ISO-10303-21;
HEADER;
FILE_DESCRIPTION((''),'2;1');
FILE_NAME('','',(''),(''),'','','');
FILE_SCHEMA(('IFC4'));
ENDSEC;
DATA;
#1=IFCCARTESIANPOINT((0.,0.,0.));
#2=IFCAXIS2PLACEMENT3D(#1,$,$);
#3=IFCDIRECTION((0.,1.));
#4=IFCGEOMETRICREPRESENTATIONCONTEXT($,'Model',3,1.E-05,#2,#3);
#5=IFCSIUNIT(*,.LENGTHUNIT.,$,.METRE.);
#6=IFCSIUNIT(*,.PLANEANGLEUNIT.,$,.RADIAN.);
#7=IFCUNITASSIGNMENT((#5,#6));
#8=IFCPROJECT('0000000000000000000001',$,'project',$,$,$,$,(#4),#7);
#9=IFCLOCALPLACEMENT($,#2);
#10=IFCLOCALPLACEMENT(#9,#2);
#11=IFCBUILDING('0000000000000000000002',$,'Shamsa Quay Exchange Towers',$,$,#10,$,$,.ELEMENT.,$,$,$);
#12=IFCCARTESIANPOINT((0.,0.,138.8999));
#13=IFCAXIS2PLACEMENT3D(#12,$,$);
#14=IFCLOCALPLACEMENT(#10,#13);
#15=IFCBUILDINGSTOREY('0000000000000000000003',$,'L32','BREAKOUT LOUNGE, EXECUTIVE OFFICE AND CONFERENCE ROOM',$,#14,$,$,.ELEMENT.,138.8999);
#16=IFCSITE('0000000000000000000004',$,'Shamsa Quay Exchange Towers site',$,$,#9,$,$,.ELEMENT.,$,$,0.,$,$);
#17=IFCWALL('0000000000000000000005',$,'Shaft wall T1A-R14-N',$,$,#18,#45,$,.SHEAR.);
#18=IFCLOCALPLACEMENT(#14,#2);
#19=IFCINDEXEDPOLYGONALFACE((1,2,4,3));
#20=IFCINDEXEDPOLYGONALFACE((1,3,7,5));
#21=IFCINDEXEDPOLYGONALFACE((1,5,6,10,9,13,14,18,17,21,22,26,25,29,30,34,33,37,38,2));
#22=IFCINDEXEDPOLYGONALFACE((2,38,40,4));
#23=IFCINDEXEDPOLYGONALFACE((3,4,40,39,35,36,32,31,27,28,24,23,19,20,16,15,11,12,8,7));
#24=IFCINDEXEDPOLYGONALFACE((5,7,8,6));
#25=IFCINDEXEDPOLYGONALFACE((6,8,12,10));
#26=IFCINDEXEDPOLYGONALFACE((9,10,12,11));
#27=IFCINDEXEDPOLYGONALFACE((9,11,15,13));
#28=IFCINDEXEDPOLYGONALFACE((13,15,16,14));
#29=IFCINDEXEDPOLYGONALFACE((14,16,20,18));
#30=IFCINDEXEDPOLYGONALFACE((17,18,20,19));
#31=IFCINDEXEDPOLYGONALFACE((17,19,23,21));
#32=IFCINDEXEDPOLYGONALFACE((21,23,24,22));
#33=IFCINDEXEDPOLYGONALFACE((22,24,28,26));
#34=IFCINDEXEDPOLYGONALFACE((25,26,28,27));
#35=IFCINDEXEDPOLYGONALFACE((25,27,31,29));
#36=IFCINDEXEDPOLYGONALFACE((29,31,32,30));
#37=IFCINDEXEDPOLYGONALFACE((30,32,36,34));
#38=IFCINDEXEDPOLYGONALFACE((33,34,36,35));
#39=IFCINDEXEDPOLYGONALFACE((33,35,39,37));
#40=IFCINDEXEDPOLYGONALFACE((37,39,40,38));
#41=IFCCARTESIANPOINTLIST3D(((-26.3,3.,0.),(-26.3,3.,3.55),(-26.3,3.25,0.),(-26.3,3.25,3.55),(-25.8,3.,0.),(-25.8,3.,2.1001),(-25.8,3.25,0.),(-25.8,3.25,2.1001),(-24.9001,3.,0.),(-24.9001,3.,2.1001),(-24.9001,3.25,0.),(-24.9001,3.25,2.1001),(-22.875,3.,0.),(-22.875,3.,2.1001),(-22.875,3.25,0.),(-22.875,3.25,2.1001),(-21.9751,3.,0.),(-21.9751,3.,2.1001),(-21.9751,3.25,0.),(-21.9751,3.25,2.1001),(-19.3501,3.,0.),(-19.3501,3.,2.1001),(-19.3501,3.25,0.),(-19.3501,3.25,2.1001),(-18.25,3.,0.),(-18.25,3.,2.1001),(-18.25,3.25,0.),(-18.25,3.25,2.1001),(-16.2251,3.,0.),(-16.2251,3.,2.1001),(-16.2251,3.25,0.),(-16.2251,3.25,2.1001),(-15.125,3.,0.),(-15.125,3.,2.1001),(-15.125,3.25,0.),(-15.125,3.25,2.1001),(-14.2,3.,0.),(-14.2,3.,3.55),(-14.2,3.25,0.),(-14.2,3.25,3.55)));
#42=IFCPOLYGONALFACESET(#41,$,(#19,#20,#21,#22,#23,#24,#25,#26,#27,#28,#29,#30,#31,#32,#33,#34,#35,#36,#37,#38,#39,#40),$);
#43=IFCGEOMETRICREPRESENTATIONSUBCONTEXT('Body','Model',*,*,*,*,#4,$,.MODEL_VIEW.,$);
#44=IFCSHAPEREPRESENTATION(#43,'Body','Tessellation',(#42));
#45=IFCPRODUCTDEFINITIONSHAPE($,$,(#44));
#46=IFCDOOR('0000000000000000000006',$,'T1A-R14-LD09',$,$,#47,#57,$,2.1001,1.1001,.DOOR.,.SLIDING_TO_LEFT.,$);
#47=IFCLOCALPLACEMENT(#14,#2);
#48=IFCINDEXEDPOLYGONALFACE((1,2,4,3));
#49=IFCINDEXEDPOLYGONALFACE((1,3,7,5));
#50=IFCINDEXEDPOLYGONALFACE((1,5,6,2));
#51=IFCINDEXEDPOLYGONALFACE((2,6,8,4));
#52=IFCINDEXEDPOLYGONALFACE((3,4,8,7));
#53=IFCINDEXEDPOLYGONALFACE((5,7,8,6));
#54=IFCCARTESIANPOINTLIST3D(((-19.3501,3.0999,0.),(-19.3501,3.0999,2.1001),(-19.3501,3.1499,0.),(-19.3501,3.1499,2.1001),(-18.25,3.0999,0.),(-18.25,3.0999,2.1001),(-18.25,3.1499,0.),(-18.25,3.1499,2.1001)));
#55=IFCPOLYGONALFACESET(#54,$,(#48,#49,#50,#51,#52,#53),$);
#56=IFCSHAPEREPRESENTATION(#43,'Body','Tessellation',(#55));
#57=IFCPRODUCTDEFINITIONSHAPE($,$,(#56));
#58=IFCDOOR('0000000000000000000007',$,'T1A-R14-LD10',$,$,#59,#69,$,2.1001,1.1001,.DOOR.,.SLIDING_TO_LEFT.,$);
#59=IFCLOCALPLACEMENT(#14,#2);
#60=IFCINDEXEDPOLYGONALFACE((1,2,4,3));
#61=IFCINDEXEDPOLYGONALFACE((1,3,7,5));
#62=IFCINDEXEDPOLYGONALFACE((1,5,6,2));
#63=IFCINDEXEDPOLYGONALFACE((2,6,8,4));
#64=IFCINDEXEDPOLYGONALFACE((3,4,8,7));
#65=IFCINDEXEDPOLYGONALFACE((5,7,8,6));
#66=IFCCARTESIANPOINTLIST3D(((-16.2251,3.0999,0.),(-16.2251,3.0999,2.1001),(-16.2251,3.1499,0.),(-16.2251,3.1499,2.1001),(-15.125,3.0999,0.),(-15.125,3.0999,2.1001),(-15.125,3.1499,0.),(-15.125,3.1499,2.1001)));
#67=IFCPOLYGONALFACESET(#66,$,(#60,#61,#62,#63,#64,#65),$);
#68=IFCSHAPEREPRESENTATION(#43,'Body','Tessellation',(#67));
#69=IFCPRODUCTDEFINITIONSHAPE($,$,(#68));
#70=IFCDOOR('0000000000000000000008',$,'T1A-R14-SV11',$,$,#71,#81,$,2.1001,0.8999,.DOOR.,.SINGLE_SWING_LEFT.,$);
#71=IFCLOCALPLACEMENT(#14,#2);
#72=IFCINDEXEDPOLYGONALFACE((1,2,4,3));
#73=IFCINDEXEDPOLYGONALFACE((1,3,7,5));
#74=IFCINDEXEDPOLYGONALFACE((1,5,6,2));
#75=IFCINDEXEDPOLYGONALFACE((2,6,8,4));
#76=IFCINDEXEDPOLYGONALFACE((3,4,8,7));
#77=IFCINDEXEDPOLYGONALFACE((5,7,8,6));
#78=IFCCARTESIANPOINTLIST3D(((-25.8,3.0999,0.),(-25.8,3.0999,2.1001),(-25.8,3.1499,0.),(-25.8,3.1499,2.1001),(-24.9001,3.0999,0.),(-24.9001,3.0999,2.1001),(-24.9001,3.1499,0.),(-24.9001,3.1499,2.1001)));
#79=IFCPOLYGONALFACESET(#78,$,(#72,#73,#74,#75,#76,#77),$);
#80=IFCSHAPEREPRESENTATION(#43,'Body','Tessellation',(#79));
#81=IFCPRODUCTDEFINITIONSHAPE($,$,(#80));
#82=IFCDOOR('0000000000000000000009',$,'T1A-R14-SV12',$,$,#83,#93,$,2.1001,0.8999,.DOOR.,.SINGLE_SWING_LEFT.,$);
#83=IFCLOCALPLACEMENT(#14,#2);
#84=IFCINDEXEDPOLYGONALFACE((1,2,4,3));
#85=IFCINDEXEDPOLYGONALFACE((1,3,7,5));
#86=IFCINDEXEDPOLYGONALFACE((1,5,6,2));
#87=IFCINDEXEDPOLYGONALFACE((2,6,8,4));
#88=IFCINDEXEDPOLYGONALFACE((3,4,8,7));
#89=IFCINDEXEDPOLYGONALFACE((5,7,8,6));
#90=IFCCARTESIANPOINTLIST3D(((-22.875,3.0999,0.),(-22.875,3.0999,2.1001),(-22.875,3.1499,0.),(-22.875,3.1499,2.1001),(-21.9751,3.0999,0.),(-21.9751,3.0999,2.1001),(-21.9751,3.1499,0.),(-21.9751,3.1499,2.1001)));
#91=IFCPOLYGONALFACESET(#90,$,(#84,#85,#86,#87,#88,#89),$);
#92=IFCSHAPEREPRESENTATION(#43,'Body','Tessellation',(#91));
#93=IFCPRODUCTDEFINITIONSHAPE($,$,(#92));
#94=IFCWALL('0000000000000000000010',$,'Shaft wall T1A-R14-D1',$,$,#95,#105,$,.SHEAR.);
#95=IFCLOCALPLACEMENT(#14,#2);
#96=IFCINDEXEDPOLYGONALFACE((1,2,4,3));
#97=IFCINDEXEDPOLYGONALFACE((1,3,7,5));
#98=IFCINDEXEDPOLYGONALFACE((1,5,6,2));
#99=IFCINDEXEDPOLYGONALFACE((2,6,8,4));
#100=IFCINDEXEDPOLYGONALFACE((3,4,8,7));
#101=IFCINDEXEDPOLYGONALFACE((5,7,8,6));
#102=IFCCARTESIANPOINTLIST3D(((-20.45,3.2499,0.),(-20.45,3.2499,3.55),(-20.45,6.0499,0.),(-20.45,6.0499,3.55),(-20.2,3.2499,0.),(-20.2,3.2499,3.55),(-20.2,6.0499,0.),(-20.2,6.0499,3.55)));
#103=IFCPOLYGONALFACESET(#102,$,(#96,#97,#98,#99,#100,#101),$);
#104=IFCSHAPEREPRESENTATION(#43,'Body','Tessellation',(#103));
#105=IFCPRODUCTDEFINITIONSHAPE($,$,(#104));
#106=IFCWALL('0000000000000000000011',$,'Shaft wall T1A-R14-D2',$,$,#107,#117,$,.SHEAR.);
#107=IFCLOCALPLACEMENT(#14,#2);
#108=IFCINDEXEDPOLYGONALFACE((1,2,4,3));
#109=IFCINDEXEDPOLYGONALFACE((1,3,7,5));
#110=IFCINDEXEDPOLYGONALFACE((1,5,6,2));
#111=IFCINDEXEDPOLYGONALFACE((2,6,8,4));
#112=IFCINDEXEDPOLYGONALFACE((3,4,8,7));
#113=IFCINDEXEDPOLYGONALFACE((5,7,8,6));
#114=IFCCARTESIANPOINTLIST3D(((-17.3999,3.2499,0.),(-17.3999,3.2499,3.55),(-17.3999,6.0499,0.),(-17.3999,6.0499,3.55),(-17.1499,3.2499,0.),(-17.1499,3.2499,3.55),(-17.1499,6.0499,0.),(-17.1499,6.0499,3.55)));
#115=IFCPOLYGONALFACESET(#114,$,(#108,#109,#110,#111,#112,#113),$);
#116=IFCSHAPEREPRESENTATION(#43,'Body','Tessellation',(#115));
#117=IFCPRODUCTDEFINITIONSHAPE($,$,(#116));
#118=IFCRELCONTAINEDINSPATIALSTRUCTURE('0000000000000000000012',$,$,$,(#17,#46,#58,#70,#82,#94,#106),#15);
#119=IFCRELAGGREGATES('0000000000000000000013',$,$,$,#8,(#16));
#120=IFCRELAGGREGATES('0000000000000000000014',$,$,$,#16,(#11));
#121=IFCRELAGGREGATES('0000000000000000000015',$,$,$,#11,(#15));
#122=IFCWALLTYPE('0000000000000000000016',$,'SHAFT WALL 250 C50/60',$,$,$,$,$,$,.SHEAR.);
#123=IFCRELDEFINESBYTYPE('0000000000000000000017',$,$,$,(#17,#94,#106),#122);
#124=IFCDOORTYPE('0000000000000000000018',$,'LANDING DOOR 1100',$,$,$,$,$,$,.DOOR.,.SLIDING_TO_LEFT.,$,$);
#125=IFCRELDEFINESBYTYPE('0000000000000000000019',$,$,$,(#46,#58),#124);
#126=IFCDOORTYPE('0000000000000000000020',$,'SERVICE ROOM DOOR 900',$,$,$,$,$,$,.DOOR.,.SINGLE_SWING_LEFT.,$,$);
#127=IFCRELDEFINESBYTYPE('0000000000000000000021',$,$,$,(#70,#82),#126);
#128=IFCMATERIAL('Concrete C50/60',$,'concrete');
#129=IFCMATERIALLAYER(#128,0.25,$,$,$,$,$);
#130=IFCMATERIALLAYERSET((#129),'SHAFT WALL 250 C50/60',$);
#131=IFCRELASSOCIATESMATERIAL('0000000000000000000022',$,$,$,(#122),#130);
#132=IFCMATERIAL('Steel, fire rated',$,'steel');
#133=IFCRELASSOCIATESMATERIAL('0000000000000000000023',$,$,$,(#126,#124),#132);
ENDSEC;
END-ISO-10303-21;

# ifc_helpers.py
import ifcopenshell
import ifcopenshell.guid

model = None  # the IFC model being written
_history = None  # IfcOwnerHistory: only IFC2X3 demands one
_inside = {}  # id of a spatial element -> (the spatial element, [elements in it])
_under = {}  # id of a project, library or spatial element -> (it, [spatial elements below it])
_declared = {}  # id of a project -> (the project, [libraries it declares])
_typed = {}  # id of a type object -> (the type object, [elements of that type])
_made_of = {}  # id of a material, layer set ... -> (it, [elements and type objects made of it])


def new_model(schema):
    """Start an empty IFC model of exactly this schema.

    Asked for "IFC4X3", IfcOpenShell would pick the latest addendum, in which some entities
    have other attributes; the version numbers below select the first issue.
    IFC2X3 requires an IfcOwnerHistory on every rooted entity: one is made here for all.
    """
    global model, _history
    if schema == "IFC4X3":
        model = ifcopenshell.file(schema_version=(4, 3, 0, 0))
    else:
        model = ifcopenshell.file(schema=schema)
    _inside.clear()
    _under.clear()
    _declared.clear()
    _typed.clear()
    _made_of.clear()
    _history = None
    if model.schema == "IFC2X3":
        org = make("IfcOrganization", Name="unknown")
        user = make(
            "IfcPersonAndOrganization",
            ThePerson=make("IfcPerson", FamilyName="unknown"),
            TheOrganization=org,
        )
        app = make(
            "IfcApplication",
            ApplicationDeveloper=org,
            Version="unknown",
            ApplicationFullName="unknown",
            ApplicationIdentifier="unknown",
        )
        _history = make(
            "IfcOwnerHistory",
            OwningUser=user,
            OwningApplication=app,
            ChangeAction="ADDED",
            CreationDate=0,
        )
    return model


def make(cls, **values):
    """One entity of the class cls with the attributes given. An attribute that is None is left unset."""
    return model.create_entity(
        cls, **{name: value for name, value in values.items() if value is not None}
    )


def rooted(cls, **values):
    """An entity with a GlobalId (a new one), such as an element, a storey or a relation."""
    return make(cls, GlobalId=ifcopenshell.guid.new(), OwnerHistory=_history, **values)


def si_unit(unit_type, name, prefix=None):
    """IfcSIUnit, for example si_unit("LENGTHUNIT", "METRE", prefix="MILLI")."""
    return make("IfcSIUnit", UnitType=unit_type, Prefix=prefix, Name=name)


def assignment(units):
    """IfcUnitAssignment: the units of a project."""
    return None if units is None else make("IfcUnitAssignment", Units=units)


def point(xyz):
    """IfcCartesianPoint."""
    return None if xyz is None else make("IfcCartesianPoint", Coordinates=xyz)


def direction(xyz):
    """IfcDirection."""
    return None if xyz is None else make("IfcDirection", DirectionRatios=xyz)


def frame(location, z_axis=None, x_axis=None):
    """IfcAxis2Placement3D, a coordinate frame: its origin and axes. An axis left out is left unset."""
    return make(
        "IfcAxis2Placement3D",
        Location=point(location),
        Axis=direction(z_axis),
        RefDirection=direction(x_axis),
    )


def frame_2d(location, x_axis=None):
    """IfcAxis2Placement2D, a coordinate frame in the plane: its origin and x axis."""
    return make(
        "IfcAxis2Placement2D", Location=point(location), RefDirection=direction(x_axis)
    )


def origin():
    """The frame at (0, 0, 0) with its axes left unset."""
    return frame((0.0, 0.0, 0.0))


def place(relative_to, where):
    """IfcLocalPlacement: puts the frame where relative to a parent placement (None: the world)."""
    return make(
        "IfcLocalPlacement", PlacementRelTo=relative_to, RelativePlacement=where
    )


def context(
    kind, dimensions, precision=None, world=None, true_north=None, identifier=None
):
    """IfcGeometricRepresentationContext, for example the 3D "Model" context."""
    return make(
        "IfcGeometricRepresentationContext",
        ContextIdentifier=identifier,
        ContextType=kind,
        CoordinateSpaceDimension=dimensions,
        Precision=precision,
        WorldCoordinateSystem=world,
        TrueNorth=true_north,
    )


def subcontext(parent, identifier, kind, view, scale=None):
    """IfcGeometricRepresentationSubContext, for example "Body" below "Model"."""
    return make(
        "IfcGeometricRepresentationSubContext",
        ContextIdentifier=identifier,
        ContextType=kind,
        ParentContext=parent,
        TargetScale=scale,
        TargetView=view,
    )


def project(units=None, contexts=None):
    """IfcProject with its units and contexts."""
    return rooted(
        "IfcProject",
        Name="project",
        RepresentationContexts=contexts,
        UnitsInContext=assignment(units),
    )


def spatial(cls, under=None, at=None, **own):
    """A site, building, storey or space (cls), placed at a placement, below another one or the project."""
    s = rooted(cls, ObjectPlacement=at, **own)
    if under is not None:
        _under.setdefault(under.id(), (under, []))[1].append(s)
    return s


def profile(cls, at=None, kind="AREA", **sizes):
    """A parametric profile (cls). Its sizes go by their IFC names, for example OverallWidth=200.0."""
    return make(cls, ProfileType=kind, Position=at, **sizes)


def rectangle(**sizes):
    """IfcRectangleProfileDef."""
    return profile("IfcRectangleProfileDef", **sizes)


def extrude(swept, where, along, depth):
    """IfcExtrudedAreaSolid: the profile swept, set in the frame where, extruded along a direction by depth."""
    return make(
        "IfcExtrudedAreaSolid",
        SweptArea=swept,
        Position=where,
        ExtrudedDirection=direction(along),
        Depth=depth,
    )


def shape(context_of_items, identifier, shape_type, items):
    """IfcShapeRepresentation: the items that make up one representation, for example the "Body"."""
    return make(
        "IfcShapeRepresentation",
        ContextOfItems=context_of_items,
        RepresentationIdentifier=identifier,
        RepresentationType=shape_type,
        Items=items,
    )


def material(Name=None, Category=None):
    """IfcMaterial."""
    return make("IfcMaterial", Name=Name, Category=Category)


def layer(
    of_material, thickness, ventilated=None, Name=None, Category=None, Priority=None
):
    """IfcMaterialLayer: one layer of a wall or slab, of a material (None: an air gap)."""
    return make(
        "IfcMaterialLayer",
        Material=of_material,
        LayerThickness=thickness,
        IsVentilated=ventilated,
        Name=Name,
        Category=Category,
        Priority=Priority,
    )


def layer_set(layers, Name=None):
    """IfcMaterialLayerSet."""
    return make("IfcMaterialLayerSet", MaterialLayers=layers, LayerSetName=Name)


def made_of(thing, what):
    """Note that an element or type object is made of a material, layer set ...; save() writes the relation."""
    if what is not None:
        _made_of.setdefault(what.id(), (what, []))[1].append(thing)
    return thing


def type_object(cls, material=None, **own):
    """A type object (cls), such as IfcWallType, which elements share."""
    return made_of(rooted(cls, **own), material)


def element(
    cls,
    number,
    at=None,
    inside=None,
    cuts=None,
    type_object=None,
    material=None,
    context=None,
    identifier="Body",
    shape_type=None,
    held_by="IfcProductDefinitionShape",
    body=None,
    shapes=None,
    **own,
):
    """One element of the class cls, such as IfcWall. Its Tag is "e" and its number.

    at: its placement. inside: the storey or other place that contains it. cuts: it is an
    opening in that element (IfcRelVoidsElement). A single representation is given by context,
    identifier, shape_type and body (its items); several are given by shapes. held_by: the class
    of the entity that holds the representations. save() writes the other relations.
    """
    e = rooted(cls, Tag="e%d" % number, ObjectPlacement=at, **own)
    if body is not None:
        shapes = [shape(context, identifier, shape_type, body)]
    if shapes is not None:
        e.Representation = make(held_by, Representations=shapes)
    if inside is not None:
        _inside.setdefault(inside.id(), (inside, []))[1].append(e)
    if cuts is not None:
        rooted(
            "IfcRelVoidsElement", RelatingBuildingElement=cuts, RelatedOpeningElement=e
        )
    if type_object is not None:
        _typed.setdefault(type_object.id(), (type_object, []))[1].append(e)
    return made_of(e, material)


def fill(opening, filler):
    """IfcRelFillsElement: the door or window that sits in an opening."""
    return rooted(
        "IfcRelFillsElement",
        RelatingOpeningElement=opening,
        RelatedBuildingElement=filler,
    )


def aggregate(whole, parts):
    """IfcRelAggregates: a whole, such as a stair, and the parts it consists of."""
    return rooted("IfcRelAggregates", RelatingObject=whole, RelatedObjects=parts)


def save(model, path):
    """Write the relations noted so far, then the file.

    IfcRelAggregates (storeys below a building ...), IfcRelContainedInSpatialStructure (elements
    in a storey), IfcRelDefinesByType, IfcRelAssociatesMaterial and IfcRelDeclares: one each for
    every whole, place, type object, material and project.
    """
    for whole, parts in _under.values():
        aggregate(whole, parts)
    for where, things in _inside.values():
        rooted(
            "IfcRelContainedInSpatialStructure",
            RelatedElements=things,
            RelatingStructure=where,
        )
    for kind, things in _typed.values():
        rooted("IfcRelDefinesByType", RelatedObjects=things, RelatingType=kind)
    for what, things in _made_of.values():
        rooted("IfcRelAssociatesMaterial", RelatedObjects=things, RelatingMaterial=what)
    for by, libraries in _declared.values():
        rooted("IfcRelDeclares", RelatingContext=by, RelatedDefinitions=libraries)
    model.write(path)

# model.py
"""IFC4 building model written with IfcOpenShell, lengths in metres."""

from ifc_helpers import new_model, si_unit, direction, frame, frame_2d, origin, place, context, subcontext, project, spatial, rectangle, extrude, material, layer, layer_set, type_object, element, fill, save


model = new_model("IFC4")

# Units and contexts
model_context = context("Model", 3, precision=1e-05, world=origin(), true_north=direction((0.0, 1.0)))
body_context = subcontext(model_context, "Body", "Model", "MODEL_VIEW")
ifc_project = project(units=[si_unit("LENGTHUNIT", "METRE"), si_unit("PLANEANGLEUNIT", "RADIAN")], contexts=[model_context])

# Site, building, storey
site_placement = place(None, origin())
site = spatial("IfcSite", under=ifc_project, at=site_placement, Name="Shamsa Quay Exchange Towers site", CompositionType="ELEMENT", RefElevation=0.0)
building_placement = place(site_placement, origin())
building = spatial("IfcBuilding", under=site, at=building_placement, Name="Shamsa Quay Exchange Towers", CompositionType="ELEMENT")
storey_placement = place(building_placement, frame((0.0, 0.0, 138.8999)))
storey = spatial("IfcBuildingStorey", under=building, at=storey_placement, Name="L32", Description="BREAKOUT LOUNGE, EXECUTIVE OFFICE AND CONFERENCE ROOM", CompositionType="ELEMENT", Elevation=138.8999)

# Shared definitions
ifc_material_1 = material(Name="Steel, fire rated", Category="steel")

# Shared definitions
ifc_material_2 = material(Name="Concrete C50/60", Category="concrete")
ifc_layer_1 = layer(ifc_material_2, 0.25)
ifc_layer_set_1 = layer_set([ifc_layer_1], Name="SHAFT WALL 250 C50/60")
wall_type_1 = type_object("IfcWallType", Name="SHAFT WALL 250 C50/60", PredefinedType="SHEAR", material=ifc_layer_set_1)
door_type_1 = type_object("IfcDoorType", Name="SERVICE ROOM DOOR 900", OperationType="SINGLE_SWING_LEFT", PredefinedType="DOOR", material=ifc_material_1)

# Wall, openings, doors
wall_1_placement = place(storey_placement, frame((-26.3, 3.125, 0.0)))
wall_1 = element("IfcWall", 1, at=wall_1_placement, inside=storey, type_object=wall_type_1, Name="Shaft wall T1A-R14-N", PredefinedType="SHEAR", context=body_context, shape_type="SweptSolid", body=[
    extrude(rectangle(XDim=12.1001, YDim=0.25, at=frame_2d((6.05, 0.0))), origin(), (0.0, 0.0, 1.0), 3.55),
])
opening_1_placement = place(wall_1_placement, frame((6.95, 0.0, 0.0)))
opening_1 = element("IfcOpeningElement", 2, at=opening_1_placement, cuts=wall_1, PredefinedType="OPENING", context=body_context, shape_type="SweptSolid", body=[
    extrude(rectangle(XDim=1.1001, YDim=2.1001, at=frame_2d((0.55, 1.05))), frame((0.0, 0.135, 0.0), z_axis=(0.0, -1.0, 0.0), x_axis=(1.0, 0.0, 0.0)), (0.0, 0.0, 1.0), 0.27),
])
opening_2_placement = place(wall_1_placement, frame((10.075, 0.0, 0.0)))
opening_2 = element("IfcOpeningElement", 3, at=opening_2_placement, cuts=wall_1, PredefinedType="OPENING", context=body_context, shape_type="SweptSolid", body=[
    extrude(rectangle(XDim=1.1001, YDim=2.1001, at=frame_2d((0.55, 1.05))), frame((0.0, 0.135, 0.0), z_axis=(0.0, -1.0, 0.0), x_axis=(1.0, 0.0, 0.0)), (0.0, 0.0, 1.0), 0.27),
])
opening_3_placement = place(wall_1_placement, frame((0.5, 0.0, 0.0)))
opening_3 = element("IfcOpeningElement", 4, at=opening_3_placement, cuts=wall_1, PredefinedType="OPENING", context=body_context, shape_type="SweptSolid", body=[
    extrude(rectangle(XDim=0.8999, YDim=2.1001, at=frame_2d((0.45, 1.05))), frame((0.0, 0.135, 0.0), z_axis=(0.0, -1.0, 0.0), x_axis=(1.0, 0.0, 0.0)), (0.0, 0.0, 1.0), 0.27),
])
opening_4_placement = place(wall_1_placement, frame((3.425, 0.0, 0.0)))
opening_4 = element("IfcOpeningElement", 5, at=opening_4_placement, cuts=wall_1, PredefinedType="OPENING", context=body_context, shape_type="SweptSolid", body=[
    extrude(rectangle(XDim=0.8999, YDim=2.1001, at=frame_2d((0.45, 1.05))), frame((0.0, 0.135, 0.0), z_axis=(0.0, -1.0, 0.0), x_axis=(1.0, 0.0, 0.0)), (0.0, 0.0, 1.0), 0.27),
])
door_type_2 = type_object("IfcDoorType", Name="LANDING DOOR 1100", OperationType="SLIDING_TO_LEFT", PredefinedType="DOOR", material=ifc_material_1)
door_1_placement = place(opening_1_placement, origin())
door_1 = element("IfcDoor", 6, at=door_1_placement, inside=storey, type_object=door_type_2, Name="T1A-R14-LD09", OperationType="SLIDING_TO_LEFT", OverallHeight=2.1001, OverallWidth=1.1001, PredefinedType="DOOR", context=body_context, shape_type="SweptSolid", body=[
    extrude(rectangle(XDim=1.1001, YDim=2.1001, at=frame_2d((0.55, 1.05))), frame((0.0, 0.0249, 0.0), z_axis=(0.0, -1.0, 0.0), x_axis=(1.0, 0.0, 0.0)), (0.0, 0.0, 1.0), 0.05),
])
fill(opening_1, door_1)
door_2_placement = place(opening_2_placement, origin())
door_2 = element("IfcDoor", 7, at=door_2_placement, inside=storey, type_object=door_type_2, Name="T1A-R14-LD10", OperationType="SLIDING_TO_LEFT", OverallHeight=2.1001, OverallWidth=1.1001, PredefinedType="DOOR", context=body_context, shape_type="SweptSolid", body=[
    extrude(rectangle(XDim=1.1001, YDim=2.1001, at=frame_2d((0.55, 1.05))), frame((0.0, 0.0249, 0.0), z_axis=(0.0, -1.0, 0.0), x_axis=(1.0, 0.0, 0.0)), (0.0, 0.0, 1.0), 0.05),
])
fill(opening_2, door_2)
door_3_placement = place(opening_3_placement, origin())
door_3 = element("IfcDoor", 8, at=door_3_placement, inside=storey, type_object=door_type_1, Name="T1A-R14-SV11", OperationType="SINGLE_SWING_LEFT", OverallHeight=2.1001, OverallWidth=0.8999, PredefinedType="DOOR", context=body_context, shape_type="SweptSolid", body=[
    extrude(rectangle(XDim=0.8999, YDim=2.1001, at=frame_2d((0.45, 1.05))), frame((0.0, 0.0249, 0.0), z_axis=(0.0, -1.0, 0.0), x_axis=(1.0, 0.0, 0.0)), (0.0, 0.0, 1.0), 0.05),
])
fill(opening_3, door_3)
door_4_placement = place(opening_4_placement, origin())
door_4 = element("IfcDoor", 9, at=door_4_placement, inside=storey, type_object=door_type_1, Name="T1A-R14-SV12", OperationType="SINGLE_SWING_LEFT", OverallHeight=2.1001, OverallWidth=0.8999, PredefinedType="DOOR", context=body_context, shape_type="SweptSolid", body=[
    extrude(rectangle(XDim=0.8999, YDim=2.1001, at=frame_2d((0.45, 1.05))), frame((0.0, 0.0249, 0.0), z_axis=(0.0, -1.0, 0.0), x_axis=(1.0, 0.0, 0.0)), (0.0, 0.0, 1.0), 0.05),
])
fill(opening_4, door_4)

# Walls
for number, where, z_axis, x_axis, name in (
    (10, (-20.325, 3.25, 0.0), (0.0, 0.0, 1.0), (0.0, 1.0, 0.0), "Shaft wall T1A-R14-D1"),
    (11, (-17.2749, 3.25, 0.0), (0.0, 0.0, 1.0), (0.0, 1.0, 0.0), "Shaft wall T1A-R14-D2"),
):
    element("IfcWall", number, at=place(storey_placement, frame(where, z_axis=z_axis, x_axis=x_axis)), inside=storey, type_object=wall_type_1, Name=name, PredefinedType="SHEAR", context=body_context, shape_type="SweptSolid", body=[
        extrude(rectangle(XDim=2.8, YDim=0.25, at=frame_2d((1.3999, 0.0))), origin(), (0.0, 0.0, 1.0), 3.55),
    ])

save(model, "model.ifc")
